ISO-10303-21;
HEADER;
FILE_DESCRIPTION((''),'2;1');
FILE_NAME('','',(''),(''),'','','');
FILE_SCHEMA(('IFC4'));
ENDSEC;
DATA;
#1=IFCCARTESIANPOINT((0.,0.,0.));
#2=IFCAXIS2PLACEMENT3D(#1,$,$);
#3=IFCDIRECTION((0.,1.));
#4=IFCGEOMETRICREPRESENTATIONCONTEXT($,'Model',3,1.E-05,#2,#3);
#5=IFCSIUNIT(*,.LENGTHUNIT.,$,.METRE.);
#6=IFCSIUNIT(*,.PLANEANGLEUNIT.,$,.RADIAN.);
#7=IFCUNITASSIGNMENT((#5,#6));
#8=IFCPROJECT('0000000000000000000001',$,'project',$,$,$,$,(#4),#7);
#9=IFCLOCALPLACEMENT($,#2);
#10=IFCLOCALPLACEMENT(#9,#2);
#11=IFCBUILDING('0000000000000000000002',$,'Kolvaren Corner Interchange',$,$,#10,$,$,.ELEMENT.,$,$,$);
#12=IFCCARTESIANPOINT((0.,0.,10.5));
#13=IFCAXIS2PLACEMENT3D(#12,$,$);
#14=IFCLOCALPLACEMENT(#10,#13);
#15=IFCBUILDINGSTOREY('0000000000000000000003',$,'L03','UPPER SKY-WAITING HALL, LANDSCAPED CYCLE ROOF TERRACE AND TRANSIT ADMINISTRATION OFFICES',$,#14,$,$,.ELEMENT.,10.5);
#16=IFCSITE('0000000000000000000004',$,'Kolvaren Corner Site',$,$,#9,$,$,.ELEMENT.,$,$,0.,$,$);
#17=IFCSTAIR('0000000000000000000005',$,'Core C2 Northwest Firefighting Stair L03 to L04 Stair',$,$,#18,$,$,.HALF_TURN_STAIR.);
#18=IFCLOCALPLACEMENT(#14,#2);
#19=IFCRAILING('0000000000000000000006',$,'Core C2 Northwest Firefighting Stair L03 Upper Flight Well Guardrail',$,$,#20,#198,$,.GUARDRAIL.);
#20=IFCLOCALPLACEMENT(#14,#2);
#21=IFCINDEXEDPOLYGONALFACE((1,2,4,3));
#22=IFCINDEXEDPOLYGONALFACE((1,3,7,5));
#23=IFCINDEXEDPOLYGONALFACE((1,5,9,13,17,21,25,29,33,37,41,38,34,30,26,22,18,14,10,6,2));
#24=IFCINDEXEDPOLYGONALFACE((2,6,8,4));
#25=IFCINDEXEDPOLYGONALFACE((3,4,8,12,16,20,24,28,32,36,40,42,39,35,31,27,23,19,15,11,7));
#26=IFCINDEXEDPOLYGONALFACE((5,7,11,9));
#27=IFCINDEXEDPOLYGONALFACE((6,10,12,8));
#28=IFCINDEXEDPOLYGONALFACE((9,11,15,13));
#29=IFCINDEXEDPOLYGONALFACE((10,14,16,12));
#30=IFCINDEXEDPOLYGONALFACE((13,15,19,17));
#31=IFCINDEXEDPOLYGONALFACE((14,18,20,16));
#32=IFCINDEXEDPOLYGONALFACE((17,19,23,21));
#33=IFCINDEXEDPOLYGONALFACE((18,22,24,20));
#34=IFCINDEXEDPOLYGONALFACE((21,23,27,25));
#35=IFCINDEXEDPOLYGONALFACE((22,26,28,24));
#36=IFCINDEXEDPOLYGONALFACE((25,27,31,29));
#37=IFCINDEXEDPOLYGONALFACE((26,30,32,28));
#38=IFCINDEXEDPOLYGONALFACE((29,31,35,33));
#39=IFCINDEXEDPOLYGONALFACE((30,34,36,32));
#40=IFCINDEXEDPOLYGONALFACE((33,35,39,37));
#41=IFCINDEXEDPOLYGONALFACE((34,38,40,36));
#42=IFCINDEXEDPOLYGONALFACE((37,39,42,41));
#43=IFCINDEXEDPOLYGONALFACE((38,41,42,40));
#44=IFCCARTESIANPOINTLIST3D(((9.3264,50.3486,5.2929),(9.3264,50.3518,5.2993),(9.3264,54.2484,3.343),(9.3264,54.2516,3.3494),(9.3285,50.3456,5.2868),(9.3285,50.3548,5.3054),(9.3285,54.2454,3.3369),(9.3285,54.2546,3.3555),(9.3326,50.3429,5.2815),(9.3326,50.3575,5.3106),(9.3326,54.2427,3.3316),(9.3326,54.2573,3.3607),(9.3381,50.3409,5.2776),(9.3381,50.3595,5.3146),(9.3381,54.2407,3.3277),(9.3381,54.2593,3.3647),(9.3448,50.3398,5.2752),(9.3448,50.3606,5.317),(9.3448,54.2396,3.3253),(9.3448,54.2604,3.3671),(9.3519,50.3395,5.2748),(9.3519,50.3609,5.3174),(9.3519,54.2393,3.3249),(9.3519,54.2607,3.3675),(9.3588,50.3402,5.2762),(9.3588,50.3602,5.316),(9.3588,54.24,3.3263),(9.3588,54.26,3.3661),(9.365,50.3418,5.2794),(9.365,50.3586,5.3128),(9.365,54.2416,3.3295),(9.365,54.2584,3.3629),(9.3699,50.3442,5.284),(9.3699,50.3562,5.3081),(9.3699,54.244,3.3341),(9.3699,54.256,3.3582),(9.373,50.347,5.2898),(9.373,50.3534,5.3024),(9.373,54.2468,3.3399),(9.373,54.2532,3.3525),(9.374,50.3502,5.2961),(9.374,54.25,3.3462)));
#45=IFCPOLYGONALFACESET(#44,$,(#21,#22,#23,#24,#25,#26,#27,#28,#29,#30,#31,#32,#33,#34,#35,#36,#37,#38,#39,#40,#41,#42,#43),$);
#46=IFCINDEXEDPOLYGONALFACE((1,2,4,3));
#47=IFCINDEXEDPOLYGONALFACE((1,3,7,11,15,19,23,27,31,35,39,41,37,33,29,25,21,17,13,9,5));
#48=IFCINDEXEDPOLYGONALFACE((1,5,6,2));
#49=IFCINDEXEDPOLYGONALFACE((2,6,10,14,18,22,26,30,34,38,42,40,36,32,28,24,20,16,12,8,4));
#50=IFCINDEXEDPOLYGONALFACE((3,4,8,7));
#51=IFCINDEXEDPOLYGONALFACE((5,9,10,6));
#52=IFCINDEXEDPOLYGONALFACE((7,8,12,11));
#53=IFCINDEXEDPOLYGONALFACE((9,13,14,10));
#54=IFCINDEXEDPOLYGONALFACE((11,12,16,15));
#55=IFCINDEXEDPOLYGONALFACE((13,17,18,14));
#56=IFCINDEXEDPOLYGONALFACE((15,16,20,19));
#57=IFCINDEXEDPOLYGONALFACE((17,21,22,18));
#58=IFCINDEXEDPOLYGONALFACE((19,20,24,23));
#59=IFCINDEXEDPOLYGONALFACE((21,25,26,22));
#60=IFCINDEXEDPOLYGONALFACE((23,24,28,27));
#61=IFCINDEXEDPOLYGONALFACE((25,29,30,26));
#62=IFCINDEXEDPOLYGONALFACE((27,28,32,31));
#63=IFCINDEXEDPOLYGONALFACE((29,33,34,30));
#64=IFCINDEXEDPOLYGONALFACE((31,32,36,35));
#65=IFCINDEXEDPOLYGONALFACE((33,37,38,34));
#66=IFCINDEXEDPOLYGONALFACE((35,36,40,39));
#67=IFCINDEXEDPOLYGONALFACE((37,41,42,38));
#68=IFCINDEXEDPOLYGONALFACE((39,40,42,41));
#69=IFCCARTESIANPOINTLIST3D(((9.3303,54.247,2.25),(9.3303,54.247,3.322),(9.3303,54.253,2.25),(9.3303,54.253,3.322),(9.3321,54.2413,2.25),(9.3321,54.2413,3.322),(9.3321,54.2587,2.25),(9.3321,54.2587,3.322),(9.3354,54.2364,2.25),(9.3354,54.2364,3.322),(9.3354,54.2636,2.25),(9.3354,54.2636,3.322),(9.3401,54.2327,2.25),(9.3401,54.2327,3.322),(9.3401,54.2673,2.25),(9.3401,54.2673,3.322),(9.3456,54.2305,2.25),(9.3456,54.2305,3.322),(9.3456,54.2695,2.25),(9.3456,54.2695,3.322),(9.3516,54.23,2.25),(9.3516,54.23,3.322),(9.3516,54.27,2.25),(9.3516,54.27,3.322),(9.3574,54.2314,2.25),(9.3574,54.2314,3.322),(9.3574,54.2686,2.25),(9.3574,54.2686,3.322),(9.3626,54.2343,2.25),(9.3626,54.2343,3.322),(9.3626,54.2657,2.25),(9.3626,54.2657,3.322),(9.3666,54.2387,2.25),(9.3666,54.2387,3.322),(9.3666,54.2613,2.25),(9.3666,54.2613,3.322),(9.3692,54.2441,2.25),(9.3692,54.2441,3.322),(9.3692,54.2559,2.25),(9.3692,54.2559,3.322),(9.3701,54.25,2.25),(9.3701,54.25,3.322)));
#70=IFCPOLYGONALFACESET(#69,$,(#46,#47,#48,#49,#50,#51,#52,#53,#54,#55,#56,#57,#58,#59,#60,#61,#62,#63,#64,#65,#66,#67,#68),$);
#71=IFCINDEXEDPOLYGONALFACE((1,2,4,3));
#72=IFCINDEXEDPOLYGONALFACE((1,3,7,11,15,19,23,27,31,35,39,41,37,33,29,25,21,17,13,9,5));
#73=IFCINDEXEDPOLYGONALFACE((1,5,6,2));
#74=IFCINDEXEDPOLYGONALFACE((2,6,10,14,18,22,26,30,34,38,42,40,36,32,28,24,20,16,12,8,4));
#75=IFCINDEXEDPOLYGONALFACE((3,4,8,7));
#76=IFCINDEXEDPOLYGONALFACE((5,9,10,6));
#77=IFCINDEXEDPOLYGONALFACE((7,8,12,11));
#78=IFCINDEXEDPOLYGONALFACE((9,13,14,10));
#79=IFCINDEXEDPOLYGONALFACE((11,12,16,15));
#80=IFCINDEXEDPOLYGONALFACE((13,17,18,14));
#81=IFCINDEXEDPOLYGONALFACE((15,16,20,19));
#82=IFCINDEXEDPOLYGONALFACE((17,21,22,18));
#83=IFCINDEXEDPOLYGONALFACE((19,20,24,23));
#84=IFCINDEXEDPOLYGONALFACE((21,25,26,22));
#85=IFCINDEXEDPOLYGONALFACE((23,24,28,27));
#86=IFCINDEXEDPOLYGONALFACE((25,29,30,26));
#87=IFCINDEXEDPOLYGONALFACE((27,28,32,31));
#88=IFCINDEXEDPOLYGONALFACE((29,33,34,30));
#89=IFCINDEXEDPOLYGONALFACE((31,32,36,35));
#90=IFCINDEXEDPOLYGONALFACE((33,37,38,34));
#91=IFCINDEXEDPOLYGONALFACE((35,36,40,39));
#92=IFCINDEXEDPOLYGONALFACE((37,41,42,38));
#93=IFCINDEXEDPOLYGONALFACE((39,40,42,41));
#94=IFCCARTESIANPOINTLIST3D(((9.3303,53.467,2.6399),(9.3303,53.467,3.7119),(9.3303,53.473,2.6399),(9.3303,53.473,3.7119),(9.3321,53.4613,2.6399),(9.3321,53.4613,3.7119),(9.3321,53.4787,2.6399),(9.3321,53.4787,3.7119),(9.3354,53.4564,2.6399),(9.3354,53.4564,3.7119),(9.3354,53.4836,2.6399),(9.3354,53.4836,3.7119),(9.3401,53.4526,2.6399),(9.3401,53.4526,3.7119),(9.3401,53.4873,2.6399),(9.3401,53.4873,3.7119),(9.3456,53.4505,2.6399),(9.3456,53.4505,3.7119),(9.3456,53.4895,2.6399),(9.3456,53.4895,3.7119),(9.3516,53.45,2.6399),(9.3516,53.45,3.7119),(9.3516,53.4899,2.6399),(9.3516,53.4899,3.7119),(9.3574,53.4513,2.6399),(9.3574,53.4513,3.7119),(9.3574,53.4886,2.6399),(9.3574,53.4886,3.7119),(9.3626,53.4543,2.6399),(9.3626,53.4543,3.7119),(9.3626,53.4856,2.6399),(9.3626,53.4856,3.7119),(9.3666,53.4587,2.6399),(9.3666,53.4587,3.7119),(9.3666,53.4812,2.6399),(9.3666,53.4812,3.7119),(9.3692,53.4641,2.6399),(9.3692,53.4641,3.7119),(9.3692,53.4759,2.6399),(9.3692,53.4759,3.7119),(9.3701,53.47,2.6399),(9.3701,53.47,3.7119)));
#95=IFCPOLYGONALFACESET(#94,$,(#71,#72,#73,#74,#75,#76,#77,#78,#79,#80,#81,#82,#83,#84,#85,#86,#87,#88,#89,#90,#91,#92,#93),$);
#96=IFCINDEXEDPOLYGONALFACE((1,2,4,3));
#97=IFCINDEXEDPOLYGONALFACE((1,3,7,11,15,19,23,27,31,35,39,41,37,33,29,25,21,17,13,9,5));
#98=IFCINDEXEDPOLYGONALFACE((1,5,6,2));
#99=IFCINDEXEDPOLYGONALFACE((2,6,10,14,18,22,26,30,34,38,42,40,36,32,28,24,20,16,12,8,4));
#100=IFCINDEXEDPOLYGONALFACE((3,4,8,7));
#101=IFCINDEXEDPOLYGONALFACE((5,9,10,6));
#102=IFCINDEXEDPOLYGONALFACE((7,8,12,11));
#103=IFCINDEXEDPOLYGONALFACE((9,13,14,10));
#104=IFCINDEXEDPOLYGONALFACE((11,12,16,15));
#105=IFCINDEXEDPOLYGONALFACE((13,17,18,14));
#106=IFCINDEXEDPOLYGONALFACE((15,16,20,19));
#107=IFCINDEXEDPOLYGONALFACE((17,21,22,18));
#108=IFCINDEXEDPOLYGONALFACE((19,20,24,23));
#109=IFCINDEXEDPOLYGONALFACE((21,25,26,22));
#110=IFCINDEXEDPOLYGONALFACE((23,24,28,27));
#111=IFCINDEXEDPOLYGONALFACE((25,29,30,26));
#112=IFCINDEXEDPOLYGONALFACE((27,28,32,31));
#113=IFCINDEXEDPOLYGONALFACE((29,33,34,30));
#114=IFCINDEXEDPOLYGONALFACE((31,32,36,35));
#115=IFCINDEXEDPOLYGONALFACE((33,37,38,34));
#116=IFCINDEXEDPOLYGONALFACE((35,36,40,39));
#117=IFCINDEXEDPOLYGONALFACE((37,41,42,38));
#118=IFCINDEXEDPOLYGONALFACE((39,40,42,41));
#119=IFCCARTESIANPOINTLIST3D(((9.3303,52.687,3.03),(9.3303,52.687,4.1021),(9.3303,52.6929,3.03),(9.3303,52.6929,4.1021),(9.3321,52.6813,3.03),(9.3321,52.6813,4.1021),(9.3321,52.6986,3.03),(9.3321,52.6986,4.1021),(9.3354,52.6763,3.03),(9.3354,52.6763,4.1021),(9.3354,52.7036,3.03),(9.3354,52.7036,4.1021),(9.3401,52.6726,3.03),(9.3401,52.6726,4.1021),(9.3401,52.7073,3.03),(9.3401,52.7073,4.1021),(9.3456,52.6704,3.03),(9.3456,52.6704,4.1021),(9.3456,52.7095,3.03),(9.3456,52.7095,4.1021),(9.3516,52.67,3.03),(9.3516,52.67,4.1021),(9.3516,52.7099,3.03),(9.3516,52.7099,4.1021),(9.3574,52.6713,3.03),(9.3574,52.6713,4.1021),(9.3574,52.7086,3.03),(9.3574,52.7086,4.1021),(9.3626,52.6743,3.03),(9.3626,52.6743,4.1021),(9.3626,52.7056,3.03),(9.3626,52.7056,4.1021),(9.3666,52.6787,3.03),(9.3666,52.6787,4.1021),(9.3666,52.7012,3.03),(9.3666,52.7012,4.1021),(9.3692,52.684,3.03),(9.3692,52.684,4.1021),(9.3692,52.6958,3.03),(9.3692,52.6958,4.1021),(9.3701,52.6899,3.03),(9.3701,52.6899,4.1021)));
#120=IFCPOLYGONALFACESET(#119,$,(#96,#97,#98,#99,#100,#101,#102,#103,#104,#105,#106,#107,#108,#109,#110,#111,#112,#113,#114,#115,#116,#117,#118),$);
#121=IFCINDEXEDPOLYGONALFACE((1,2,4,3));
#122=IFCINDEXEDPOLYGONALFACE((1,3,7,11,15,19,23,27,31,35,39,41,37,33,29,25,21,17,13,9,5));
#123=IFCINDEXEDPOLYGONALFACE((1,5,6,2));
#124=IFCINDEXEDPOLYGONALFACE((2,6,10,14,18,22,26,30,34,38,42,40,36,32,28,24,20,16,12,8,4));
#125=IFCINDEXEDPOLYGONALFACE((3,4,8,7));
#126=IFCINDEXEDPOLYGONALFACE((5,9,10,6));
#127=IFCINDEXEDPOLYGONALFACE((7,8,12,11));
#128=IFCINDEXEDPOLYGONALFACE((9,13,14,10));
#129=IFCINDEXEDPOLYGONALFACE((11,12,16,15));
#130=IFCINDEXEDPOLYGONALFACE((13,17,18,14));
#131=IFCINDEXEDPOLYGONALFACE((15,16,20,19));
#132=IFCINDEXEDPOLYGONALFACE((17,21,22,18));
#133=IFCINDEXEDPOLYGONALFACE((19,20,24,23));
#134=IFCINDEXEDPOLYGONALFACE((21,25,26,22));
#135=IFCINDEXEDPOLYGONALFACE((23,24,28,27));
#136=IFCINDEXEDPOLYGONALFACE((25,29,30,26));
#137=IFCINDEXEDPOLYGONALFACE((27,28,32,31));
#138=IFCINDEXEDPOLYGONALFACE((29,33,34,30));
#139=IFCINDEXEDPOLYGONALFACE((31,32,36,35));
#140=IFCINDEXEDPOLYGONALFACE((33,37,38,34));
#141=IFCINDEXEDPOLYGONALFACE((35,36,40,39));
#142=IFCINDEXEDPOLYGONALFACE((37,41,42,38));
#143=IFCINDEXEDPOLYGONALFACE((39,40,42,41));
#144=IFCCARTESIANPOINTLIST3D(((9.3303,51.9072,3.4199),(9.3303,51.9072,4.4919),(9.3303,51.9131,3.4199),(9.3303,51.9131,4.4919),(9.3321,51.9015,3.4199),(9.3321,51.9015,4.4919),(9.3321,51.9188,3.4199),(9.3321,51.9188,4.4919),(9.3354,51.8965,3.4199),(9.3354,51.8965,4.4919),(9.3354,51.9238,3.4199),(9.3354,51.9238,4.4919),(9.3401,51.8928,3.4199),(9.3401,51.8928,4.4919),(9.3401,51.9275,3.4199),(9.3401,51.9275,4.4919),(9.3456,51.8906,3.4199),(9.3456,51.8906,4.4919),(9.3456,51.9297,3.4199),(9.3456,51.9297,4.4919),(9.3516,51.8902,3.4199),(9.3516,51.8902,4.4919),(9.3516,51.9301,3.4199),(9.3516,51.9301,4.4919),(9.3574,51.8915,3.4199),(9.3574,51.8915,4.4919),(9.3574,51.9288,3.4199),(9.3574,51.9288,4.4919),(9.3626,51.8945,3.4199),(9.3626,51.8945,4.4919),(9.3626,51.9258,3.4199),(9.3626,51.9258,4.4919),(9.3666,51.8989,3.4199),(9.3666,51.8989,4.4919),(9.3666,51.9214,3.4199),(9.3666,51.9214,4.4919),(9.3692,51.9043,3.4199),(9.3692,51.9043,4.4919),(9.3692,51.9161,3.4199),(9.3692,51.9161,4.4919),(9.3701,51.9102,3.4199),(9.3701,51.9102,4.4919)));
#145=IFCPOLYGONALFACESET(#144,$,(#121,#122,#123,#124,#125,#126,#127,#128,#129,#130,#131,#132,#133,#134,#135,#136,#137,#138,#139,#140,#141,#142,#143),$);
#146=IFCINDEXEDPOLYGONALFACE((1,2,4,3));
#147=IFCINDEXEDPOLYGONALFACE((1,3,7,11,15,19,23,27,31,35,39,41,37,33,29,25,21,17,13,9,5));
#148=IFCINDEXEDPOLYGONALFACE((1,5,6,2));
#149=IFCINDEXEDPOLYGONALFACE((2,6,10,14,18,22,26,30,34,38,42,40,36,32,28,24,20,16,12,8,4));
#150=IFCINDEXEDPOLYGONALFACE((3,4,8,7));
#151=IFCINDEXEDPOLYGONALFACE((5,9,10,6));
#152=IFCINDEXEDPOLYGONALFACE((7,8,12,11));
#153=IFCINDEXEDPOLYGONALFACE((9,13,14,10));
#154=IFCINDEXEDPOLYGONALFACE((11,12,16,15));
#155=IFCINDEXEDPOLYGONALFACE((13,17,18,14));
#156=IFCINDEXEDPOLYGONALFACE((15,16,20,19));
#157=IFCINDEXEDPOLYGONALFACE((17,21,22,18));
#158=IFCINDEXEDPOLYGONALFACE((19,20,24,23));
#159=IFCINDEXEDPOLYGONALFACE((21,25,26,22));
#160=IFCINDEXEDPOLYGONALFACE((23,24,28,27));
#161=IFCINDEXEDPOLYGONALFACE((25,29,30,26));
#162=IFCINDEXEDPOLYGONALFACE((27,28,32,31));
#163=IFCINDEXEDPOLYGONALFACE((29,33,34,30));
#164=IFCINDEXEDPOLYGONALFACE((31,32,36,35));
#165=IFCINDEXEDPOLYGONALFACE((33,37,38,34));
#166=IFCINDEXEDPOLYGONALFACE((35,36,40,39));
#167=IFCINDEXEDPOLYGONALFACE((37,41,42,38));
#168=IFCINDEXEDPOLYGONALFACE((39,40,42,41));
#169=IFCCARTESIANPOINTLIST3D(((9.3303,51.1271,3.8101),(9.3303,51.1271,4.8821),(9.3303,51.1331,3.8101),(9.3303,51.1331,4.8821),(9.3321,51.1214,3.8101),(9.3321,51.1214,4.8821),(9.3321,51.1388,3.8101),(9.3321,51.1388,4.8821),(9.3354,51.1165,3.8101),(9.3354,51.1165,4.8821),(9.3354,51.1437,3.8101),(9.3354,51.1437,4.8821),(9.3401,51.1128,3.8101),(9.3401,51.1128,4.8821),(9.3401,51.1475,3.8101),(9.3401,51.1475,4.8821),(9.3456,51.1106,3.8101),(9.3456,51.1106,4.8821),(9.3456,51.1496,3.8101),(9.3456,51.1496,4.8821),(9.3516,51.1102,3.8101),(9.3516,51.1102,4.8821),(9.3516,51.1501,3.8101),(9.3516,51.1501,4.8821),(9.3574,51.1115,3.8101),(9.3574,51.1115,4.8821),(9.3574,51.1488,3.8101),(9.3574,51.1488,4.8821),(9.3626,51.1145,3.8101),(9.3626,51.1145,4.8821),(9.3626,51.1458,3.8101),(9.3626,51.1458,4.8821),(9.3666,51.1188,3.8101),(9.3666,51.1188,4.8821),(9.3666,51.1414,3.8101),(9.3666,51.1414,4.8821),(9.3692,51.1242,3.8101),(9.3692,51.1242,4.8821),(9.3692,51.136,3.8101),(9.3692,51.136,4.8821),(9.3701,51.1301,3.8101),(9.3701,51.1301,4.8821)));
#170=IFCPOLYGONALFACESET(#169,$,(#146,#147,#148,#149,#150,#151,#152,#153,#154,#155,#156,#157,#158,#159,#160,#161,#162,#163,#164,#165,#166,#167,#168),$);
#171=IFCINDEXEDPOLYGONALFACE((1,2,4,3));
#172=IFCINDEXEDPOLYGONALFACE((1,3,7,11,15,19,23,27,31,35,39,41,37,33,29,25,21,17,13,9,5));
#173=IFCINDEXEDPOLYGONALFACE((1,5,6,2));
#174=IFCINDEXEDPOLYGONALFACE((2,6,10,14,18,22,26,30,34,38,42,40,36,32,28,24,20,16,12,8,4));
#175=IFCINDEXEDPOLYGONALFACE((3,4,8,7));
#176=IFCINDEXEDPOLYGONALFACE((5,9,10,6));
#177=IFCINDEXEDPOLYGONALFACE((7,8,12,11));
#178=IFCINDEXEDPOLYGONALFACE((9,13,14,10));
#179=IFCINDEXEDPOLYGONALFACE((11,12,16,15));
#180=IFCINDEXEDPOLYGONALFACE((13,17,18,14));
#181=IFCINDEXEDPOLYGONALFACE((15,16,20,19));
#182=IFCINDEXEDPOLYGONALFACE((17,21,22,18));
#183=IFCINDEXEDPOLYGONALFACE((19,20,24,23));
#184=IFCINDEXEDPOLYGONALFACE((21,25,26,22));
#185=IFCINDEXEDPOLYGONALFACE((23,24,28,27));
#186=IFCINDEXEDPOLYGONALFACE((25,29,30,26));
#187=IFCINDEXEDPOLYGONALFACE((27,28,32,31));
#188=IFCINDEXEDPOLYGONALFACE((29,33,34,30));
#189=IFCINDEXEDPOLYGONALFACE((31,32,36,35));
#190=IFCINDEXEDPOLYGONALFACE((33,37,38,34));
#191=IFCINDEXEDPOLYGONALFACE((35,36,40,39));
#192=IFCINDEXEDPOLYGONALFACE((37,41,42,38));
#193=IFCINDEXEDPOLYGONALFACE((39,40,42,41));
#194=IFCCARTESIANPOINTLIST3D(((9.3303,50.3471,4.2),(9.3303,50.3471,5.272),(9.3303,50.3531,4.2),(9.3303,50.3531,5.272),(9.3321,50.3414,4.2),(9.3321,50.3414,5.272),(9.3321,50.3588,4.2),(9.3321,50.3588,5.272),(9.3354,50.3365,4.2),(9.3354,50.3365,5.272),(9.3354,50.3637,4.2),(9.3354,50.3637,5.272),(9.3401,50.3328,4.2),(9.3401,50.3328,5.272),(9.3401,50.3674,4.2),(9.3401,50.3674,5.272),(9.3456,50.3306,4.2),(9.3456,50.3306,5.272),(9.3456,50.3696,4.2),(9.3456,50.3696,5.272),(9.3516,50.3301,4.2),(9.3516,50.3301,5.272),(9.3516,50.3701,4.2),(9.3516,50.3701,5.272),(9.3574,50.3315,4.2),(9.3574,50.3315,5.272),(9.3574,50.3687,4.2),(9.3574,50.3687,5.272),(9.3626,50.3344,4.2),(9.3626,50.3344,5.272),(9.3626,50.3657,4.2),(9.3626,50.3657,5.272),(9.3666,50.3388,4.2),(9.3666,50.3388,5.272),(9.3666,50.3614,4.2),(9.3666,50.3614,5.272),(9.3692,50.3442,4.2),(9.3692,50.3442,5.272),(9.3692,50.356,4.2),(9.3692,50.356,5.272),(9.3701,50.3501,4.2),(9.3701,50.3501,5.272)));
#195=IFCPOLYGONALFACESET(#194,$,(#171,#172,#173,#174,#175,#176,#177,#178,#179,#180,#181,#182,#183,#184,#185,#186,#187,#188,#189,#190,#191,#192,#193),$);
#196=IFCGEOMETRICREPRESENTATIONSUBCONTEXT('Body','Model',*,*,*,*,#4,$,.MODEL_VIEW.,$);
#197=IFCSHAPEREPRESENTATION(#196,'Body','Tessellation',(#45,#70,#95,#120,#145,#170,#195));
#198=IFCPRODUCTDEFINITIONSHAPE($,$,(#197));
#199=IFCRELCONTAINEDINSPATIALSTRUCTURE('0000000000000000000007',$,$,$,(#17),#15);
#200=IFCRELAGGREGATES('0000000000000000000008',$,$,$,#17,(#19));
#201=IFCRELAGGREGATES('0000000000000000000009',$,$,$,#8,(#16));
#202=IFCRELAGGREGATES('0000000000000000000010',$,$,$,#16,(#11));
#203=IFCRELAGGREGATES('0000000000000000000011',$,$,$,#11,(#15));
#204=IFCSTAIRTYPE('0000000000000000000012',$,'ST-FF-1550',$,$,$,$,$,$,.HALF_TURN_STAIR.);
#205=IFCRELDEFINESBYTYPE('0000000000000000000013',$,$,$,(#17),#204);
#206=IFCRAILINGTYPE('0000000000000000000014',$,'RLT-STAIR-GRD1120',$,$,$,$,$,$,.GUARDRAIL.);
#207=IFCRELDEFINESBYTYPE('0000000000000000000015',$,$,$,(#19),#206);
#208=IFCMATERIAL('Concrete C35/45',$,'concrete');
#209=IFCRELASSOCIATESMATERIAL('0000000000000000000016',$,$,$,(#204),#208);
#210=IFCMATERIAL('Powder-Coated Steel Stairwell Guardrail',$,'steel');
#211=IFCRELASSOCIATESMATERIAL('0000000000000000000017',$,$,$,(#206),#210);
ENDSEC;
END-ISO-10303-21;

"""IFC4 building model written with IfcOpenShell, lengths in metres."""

from ifc_helpers import new_model, si_unit, direction, frame, origin, origin_2d, place, context, subcontext, project, spatial, circle, extrude, material, type_object, element, aggregate, save


model = new_model("IFC4")

# Units and contexts
model_context = context("Model", 3, precision=1e-05, world=origin(), true_north=direction((0.0, 1.0)))
body_context = subcontext(model_context, "Body", "Model", "MODEL_VIEW")
ifc_project = project(units=[si_unit("LENGTHUNIT", "METRE"), si_unit("PLANEANGLEUNIT", "RADIAN")], contexts=[model_context])

# Site, building, storey
site_placement = place(None, origin())
site = spatial("IfcSite", under=ifc_project, at=site_placement, Name="Kolvaren Corner Site", CompositionType="ELEMENT", RefElevation=0.0)
building_placement = place(site_placement, origin())
building = spatial("IfcBuilding", under=site, at=building_placement, Name="Kolvaren Corner Interchange", CompositionType="ELEMENT")
storey_placement = place(building_placement, frame((0.0, 0.0, 10.5)))
storey = spatial("IfcBuildingStorey", under=building, at=storey_placement, Name="L03", Description="UPPER SKY-WAITING HALL, LANDSCAPED CYCLE ROOF TERRACE AND TRANSIT ADMINISTRATION OFFICES", CompositionType="ELEMENT", Elevation=10.5)

# Stair
ifc_material_1 = material(Name="Concrete C35/45", Category="concrete")
stair_type = type_object("IfcStairType", Name="ST-FF-1550", PredefinedType="HALF_TURN_STAIR", material=ifc_material_1)
stair_placement = place(storey_placement, origin())
stair = element("IfcStair", 1, at=stair_placement, inside=storey, type_object=stair_type, Name="Core C2 Northwest Firefighting Stair L03 to L04 Stair", PredefinedType="HALF_TURN_STAIR")

# Railing
ifc_material_2 = material(Name="Powder-Coated Steel Stairwell Guardrail", Category="steel")
railing_type_1 = type_object("IfcRailingType", Name="RLT-STAIR-GRD1120", PredefinedType="GUARDRAIL", material=ifc_material_2)
railing_1_placement = place(storey_placement, frame((9.3501, 54.25, 2.25)))
railing_1 = element("IfcRailing", 2, at=railing_1_placement, type_object=railing_type_1, Name="Core C2 Northwest Firefighting Stair L03 Upper Flight Well Guardrail", PredefinedType="GUARDRAIL", context=body_context, shape_type="SweptSolid", body=[
    extrude(circle(Radius=0.0239, at=origin_2d()), frame((0.0, 0.0, 1.0962), z_axis=(0.0, -0.894427, 0.447214), x_axis=(1.0, 0.0, 0.0)), (0.0, 0.0, 1.0), 4.3601),
    extrude(circle(Radius=0.02, at=origin_2d()), origin(), (0.0, 0.0, 1.0), 1.072),
    extrude(circle(Radius=0.02, at=origin_2d()), frame((0.0, -0.78, 0.3899)), (0.0, 0.0, 1.0), 1.072),
    extrude(circle(Radius=0.02, at=origin_2d()), frame((0.0, -1.5601, 0.78)), (0.0, 0.0, 1.0), 1.072),
    extrude(circle(Radius=0.02, at=origin_2d()), frame((0.0, -2.3398, 1.1699)), (0.0, 0.0, 1.0), 1.072),
    extrude(circle(Radius=0.02, at=origin_2d()), frame((0.0, -3.1199, 1.5601)), (0.0, 0.0, 1.0), 1.072),
    extrude(circle(Radius=0.02, at=origin_2d()), frame((0.0, -3.8999, 1.95)), (0.0, 0.0, 1.0), 1.072),
])
aggregate(stair, [railing_1])

save(model, "model.ifc")
